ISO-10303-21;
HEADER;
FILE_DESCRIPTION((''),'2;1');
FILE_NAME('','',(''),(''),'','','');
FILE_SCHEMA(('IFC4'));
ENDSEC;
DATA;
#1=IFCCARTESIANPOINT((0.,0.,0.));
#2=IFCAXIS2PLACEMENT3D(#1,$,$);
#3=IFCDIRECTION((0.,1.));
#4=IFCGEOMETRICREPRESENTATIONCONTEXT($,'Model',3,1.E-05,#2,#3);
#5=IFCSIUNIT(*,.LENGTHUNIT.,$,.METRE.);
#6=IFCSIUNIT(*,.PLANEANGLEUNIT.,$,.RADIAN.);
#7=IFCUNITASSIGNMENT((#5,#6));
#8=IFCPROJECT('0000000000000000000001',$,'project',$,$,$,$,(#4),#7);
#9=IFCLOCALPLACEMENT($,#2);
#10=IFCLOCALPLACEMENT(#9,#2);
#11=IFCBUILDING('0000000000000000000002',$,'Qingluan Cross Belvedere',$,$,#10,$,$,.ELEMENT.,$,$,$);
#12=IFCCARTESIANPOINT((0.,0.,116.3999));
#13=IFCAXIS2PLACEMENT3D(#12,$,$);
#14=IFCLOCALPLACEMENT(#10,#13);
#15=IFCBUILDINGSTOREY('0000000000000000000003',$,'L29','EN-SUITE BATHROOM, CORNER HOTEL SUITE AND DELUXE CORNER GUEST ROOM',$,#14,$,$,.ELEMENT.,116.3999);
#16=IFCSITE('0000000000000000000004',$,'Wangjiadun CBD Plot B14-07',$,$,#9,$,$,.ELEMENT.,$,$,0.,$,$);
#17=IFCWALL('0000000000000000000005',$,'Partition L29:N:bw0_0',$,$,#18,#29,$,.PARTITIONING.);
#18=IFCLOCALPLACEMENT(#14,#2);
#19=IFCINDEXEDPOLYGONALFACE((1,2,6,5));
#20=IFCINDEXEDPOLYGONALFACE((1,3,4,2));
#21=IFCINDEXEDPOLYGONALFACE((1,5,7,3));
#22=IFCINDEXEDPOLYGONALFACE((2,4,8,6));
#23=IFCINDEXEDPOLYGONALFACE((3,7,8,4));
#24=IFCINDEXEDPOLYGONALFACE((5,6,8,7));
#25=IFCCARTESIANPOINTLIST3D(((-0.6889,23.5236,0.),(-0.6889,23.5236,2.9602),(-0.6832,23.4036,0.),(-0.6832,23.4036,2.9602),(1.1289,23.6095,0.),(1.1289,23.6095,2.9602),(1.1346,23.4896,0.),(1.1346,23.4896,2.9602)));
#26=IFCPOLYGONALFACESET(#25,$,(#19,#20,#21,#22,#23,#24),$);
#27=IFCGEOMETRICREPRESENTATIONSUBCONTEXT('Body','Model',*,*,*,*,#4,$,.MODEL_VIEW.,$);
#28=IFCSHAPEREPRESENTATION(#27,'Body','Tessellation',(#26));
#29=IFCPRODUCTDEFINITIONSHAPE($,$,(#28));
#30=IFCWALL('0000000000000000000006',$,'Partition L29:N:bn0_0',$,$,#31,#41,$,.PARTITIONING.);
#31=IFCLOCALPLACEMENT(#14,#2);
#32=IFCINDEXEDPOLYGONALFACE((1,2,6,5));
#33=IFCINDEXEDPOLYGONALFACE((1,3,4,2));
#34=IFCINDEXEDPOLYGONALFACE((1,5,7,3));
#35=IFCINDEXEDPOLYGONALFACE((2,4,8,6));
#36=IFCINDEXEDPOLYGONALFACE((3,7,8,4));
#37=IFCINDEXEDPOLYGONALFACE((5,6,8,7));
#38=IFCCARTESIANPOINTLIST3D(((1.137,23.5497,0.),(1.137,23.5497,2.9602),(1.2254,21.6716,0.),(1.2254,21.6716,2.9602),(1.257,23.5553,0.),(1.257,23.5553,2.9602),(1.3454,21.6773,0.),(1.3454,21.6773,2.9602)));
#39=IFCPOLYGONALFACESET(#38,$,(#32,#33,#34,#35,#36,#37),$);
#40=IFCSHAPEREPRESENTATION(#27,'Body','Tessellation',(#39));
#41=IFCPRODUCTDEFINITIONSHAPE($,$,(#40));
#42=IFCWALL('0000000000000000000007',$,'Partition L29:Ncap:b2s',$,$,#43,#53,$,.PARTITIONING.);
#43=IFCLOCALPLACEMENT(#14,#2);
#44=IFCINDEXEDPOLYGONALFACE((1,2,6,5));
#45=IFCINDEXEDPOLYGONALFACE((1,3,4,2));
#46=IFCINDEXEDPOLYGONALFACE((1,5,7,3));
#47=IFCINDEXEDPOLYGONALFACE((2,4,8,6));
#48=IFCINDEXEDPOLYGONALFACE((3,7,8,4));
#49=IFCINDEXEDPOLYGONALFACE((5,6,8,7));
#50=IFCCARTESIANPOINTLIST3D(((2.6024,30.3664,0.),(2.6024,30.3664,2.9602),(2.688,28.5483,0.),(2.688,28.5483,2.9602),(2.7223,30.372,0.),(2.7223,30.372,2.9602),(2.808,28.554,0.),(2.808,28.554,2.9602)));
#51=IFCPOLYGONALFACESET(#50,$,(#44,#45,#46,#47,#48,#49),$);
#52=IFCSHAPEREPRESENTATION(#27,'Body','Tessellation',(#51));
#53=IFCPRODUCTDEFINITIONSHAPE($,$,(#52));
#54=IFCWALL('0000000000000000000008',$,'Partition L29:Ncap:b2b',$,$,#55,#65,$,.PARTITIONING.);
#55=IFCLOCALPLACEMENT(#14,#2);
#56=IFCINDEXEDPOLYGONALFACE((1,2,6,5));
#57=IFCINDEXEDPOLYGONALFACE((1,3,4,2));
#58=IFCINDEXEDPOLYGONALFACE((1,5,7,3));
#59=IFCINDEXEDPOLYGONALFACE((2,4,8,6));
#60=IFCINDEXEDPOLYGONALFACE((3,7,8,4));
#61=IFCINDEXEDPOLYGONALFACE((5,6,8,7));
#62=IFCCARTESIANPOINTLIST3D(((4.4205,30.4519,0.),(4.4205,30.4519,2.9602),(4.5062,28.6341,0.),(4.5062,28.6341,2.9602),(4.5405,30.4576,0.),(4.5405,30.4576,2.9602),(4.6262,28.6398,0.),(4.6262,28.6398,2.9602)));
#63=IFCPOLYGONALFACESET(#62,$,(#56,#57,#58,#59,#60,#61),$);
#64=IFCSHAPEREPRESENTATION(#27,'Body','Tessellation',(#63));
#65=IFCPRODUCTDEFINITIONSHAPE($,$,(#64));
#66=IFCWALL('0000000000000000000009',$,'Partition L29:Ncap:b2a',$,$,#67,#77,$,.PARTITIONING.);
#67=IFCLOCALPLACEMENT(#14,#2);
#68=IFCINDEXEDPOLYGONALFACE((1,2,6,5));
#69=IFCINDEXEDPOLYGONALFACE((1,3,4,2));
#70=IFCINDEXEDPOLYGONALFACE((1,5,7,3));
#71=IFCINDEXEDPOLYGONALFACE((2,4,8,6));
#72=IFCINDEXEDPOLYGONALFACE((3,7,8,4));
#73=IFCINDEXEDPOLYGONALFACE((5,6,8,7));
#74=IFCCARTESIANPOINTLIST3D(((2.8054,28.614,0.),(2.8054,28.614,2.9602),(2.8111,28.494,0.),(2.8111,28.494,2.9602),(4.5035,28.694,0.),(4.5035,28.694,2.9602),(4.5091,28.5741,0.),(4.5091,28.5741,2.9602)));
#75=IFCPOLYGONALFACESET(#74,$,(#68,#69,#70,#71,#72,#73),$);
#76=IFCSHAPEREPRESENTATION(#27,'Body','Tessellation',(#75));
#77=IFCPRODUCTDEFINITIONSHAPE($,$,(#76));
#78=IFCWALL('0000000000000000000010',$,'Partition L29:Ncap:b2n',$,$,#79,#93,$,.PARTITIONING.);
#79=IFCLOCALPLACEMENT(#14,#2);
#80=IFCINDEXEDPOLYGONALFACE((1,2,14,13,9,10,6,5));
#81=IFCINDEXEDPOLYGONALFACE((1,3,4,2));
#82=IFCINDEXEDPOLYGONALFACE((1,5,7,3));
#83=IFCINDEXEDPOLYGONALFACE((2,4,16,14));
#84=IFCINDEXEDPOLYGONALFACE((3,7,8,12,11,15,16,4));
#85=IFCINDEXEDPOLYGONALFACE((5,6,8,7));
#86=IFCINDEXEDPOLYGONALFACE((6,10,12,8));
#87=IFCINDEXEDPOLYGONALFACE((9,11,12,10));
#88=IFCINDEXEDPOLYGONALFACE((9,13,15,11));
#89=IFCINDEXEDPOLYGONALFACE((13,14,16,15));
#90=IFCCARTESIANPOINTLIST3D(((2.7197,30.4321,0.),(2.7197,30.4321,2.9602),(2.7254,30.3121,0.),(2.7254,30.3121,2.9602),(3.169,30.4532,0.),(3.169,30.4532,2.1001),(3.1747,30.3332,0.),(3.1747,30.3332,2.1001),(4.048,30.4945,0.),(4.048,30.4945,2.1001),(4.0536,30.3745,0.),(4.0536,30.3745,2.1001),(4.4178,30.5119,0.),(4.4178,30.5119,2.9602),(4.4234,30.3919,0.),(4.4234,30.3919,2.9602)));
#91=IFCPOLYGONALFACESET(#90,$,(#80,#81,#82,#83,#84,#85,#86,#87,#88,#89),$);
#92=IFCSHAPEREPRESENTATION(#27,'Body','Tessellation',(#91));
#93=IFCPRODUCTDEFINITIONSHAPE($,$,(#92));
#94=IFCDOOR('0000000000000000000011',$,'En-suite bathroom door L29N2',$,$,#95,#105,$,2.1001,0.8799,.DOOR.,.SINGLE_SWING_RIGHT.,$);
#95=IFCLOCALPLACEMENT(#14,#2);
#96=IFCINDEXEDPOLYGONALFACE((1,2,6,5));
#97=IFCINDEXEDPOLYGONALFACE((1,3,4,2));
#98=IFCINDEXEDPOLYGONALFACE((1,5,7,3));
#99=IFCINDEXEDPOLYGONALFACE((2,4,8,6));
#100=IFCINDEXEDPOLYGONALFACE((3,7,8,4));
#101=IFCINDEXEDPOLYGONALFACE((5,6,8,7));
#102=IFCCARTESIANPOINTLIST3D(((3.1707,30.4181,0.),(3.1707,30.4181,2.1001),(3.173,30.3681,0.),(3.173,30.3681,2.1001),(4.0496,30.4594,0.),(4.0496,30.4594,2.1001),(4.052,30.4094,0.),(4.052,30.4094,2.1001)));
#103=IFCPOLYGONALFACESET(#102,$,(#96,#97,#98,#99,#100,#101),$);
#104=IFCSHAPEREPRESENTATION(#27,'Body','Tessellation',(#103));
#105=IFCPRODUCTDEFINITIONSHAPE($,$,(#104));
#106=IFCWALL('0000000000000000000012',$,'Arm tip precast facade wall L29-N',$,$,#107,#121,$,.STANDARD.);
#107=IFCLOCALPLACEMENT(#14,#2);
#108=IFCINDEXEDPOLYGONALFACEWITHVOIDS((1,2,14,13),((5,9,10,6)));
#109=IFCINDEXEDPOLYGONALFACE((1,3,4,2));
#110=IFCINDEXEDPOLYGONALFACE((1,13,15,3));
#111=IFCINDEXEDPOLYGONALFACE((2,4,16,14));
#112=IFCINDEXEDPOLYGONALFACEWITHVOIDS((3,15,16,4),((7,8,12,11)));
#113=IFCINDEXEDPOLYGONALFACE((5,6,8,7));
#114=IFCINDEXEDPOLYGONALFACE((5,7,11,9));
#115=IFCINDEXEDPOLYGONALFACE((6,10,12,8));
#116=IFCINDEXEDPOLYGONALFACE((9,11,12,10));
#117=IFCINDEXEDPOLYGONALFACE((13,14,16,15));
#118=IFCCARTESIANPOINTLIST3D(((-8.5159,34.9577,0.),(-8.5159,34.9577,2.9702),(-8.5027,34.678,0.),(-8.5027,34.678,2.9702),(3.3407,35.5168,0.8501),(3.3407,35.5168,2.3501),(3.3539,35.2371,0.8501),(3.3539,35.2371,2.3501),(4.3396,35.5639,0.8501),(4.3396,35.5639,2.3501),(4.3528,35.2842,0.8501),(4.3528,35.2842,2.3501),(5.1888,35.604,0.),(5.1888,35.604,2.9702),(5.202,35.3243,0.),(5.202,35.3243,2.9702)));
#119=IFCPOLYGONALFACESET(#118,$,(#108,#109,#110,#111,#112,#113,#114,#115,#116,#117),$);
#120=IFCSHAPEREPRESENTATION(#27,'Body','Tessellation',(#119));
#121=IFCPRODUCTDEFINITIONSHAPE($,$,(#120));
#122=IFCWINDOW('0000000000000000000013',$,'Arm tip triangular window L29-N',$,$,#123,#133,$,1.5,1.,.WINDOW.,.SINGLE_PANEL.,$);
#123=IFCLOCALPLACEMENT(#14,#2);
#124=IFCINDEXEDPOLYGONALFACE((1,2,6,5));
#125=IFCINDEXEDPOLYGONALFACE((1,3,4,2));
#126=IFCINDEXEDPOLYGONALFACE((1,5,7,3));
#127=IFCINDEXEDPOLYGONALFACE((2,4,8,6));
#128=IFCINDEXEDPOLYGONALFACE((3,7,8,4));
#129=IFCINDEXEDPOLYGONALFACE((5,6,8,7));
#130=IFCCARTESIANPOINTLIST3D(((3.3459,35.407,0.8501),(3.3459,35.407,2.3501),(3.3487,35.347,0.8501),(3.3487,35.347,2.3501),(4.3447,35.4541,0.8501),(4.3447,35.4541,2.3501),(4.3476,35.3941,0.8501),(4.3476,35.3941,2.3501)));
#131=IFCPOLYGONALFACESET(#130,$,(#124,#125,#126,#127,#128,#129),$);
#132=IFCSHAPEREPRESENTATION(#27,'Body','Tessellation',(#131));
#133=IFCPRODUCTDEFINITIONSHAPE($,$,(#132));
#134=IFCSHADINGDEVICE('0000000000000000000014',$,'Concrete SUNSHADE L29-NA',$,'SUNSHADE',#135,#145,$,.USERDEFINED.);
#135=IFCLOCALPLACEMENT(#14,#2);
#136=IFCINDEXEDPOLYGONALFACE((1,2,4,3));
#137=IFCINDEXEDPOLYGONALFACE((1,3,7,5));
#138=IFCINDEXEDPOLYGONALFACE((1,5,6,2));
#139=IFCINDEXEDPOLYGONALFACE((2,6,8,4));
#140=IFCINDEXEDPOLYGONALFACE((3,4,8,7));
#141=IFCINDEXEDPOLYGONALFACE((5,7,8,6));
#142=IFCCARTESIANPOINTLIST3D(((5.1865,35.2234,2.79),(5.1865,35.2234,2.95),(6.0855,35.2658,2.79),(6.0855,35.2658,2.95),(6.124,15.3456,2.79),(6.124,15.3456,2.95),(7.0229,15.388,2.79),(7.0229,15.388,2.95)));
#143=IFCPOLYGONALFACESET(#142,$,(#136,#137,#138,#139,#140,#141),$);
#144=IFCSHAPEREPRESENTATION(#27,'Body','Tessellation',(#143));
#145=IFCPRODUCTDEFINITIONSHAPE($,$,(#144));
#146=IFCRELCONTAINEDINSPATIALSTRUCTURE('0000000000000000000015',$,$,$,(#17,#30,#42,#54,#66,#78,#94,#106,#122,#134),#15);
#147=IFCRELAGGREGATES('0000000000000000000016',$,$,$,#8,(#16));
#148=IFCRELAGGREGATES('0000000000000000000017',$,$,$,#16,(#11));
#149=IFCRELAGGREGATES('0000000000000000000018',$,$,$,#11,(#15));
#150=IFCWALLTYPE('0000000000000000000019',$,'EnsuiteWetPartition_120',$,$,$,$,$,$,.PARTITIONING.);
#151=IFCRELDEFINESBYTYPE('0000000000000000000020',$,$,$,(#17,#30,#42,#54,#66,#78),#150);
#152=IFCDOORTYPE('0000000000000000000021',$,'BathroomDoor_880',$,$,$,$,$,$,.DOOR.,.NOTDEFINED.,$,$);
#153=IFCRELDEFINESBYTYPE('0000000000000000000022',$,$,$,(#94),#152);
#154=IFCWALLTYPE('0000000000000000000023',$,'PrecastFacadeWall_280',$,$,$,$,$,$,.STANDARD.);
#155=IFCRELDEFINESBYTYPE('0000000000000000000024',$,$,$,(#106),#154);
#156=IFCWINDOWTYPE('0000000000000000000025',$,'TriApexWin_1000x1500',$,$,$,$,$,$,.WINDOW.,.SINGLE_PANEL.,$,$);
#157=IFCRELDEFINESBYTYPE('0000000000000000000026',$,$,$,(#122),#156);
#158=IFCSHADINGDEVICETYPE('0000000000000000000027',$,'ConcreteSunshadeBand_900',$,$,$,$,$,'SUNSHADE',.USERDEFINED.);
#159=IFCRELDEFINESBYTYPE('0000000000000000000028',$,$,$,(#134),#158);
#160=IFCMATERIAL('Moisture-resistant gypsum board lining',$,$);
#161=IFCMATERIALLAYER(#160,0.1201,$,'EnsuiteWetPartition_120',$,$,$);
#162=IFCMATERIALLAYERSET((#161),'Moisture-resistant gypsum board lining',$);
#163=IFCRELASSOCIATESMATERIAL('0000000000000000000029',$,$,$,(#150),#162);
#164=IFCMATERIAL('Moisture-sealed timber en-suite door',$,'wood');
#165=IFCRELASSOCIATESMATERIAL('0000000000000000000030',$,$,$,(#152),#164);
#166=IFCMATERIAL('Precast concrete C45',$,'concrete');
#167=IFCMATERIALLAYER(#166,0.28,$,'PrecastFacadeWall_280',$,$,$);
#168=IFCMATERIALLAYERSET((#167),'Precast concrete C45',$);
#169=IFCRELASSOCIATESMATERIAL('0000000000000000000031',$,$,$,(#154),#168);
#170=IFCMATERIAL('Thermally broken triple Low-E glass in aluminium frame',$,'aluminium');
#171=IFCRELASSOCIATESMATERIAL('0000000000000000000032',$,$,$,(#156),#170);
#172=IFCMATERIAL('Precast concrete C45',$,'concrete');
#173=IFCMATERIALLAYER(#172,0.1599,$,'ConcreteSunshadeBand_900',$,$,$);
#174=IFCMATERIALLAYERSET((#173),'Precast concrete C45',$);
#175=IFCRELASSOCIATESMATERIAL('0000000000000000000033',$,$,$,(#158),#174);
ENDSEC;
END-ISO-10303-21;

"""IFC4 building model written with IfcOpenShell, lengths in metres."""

from ifc_helpers import new_model, si_unit, direction, frame, frame_2d, origin, origin_2d, place, context, subcontext, project, spatial, rectangle, extrude, material, layer, layer_set, type_object, element, fill, save


model = new_model("IFC4")

# Units and contexts
model_context = context("Model", 3, precision=1e-05, world=origin(), true_north=direction((0.0, 1.0)))
body_context = subcontext(model_context, "Body", "Model", "MODEL_VIEW")
ifc_project = project(units=[si_unit("LENGTHUNIT", "METRE"), si_unit("PLANEANGLEUNIT", "RADIAN")], contexts=[model_context])

# Site, building, storey
site_placement = place(None, origin())
site = spatial("IfcSite", under=ifc_project, at=site_placement, Name="Wangjiadun CBD Plot B14-07", CompositionType="ELEMENT", RefElevation=0.0)
building_placement = place(site_placement, origin())
building = spatial("IfcBuilding", under=site, at=building_placement, Name="Qingluan Cross Belvedere", CompositionType="ELEMENT")
storey_placement = place(building_placement, frame((0.0, 0.0, 116.3999)))
storey = spatial("IfcBuildingStorey", under=building, at=storey_placement, Name="L29", Description="EN-SUITE BATHROOM, CORNER HOTEL SUITE AND DELUXE CORNER GUEST ROOM", CompositionType="ELEMENT", Elevation=116.3999)

# Shared definitions
ifc_material_1 = material(Name="Moisture-resistant gypsum board lining")
ifc_layer_1 = layer(ifc_material_1, 0.1201, Name="EnsuiteWetPartition_120")
ifc_layer_set_1 = layer_set([ifc_layer_1], Name="Moisture-resistant gypsum board lining")
wall_type_1 = type_object("IfcWallType", Name="EnsuiteWetPartition_120", PredefinedType="PARTITIONING", material=ifc_layer_set_1)
ifc_material_2 = material(Name="Moisture-sealed timber en-suite door", Category="wood")
door_type = type_object("IfcDoorType", Name="BathroomDoor_880", OperationType="NOTDEFINED", PredefinedType="DOOR", material=ifc_material_2)

# Walls
wall_1_placement = place(storey_placement, frame((-0.686, 23.4636, 0.0), z_axis=(0.0, 0.0, 1.0), x_axis=(0.998884, 0.047221, 0.0)))
element("IfcWall", 1, at=wall_1_placement, inside=storey, type_object=wall_type_1, Name="Partition L29:N:bw0_0", PredefinedType="PARTITIONING", context=body_context, shape_type="SweptSolid", body=[
    extrude(rectangle(XDim=1.8198, YDim=0.1201, at=frame_2d((0.9099, 0.0))), origin(), (0.0, 0.0, 1.0), 2.9602),
])
wall_2_placement = place(storey_placement, frame((1.2854, 21.6746, 0.0), z_axis=(0.0, 0.0, 1.0), x_axis=(-0.04701, 0.998894, 0.0)))
element("IfcWall", 2, at=wall_2_placement, inside=storey, type_object=wall_type_1, Name="Partition L29:N:bn0_0", PredefinedType="PARTITIONING", context=body_context, shape_type="SweptSolid", body=[
    extrude(rectangle(XDim=1.8801, YDim=0.1201, at=frame_2d((0.9399, 0.0))), origin(), (0.0, 0.0, 1.0), 2.9602),
])
wall_3_placement = place(storey_placement, frame((2.748, 28.551, 0.0), z_axis=(0.0, 0.0, 1.0), x_axis=(-0.047081, 0.998891, 0.0)))
element("IfcWall", 3, at=wall_3_placement, inside=storey, type_object=wall_type_1, Name="Partition L29:Ncap:b2s", PredefinedType="PARTITIONING", context=body_context, shape_type="SweptSolid", body=[
    extrude(rectangle(XDim=1.8201, YDim=0.1201, at=frame_2d((0.9102, 0.0))), origin(), (0.0, 0.0, 1.0), 2.9602),
])
wall_4_placement = place(storey_placement, frame((4.5662, 28.637, 0.0), z_axis=(0.0, 0.0, 1.0), x_axis=(-0.047087, 0.998891, 0.0)))
element("IfcWall", 4, at=wall_4_placement, inside=storey, type_object=wall_type_1, Name="Partition L29:Ncap:b2b", PredefinedType="PARTITIONING", context=body_context, shape_type="SweptSolid", body=[
    extrude(rectangle(XDim=1.8198, YDim=0.1201, at=frame_2d((0.9099, 0.0))), origin(), (0.0, 0.0, 1.0), 2.9602),
])
wall_5_placement = place(storey_placement, frame((2.8081, 28.554, 0.0), z_axis=(0.0, 0.0, 1.0), x_axis=(0.99889, 0.047108, 0.0)))
element("IfcWall", 5, at=wall_5_placement, inside=storey, type_object=wall_type_1, Name="Partition L29:Ncap:b2a", PredefinedType="PARTITIONING", context=body_context, shape_type="SweptSolid", body=[
    extrude(rectangle(XDim=1.7, YDim=0.1201, at=frame_2d((0.8501, 0.0))), origin(), (0.0, 0.0, 1.0), 2.9602),
])

# Wall, opening, door
wall_6_placement = place(storey_placement, frame((2.7224, 30.3721, 0.0), z_axis=(0.0, 0.0, 1.0), x_axis=(0.998897, 0.046965, 0.0)))
wall_6 = element("IfcWall", 6, at=wall_6_placement, inside=storey, type_object=wall_type_1, Name="Partition L29:Ncap:b2n", PredefinedType="PARTITIONING", context=body_context, shape_type="SweptSolid", body=[
    extrude(rectangle(XDim=1.7, YDim=0.1201, at=frame_2d((0.8501, 0.0))), origin(), (0.0, 0.0, 1.0), 2.9602),
])
opening_1_placement = place(wall_6_placement, frame((0.45, 0.0, 0.0)))
opening_1 = element("IfcOpeningElement", 7, at=opening_1_placement, cuts=wall_6, PredefinedType="OPENING", context=body_context, shape_type="SweptSolid", body=[
    extrude(rectangle(XDim=0.8799, YDim=2.1001, at=frame_2d((0.4399, 1.05))), frame((0.0, 0.0701, 0.0), z_axis=(0.0, -1.0, 0.0), x_axis=(1.0, 0.0, 0.0)), (0.0, 0.0, 1.0), 0.1401),
])
door_1_placement = place(opening_1_placement, origin())
door_1 = element("IfcDoor", 8, at=door_1_placement, inside=storey, type_object=door_type, Name="En-suite bathroom door L29N2", OperationType="SINGLE_SWING_RIGHT", OverallHeight=2.1001, OverallWidth=0.8799, PredefinedType="DOOR", context=body_context, shape_type="SweptSolid", body=[
    extrude(rectangle(XDim=0.8799, YDim=2.1001, at=frame_2d((0.4399, 1.05))), frame((0.0, 0.0249, 0.0), z_axis=(0.0, -1.0, 0.0), x_axis=(1.0, 0.0, 0.0)), (0.0, 0.0, 1.0), 0.05),
])
fill(opening_1, door_1)

# Wall, opening, window
ifc_material_3 = material(Name="Precast concrete C45", Category="concrete")
ifc_layer_2 = layer(ifc_material_3, 0.28, Name="PrecastFacadeWall_280")
ifc_layer_set_2 = layer_set([ifc_layer_2], Name="Precast concrete C45")
wall_type_2 = type_object("IfcWallType", Name="PrecastFacadeWall_280", PredefinedType="STANDARD", material=ifc_layer_set_2)
wall_7_placement = place(storey_placement, frame((5.1953, 35.4641, 0.0), z_axis=(0.0, 0.0, 1.0), x_axis=(-0.99889, -0.047102, 0.0)))
wall_7 = element("IfcWall", 9, at=wall_7_placement, inside=storey, type_object=wall_type_2, Name="Arm tip precast facade wall L29-N", PredefinedType="STANDARD", context=body_context, shape_type="SweptSolid", body=[
    extrude(rectangle(XDim=13.72, YDim=0.28, at=frame_2d((6.8599, 0.0))), origin(), (0.0, 0.0, 1.0), 2.9702),
])
opening_2_placement = place(wall_7_placement, frame((0.8501, 0.0, 0.8501)))
opening_2 = element("IfcOpeningElement", 10, at=opening_2_placement, cuts=wall_7, PredefinedType="OPENING", context=body_context, shape_type="SweptSolid", body=[
    extrude(rectangle(XDim=1.0, YDim=1.5, at=frame_2d((0.5, 0.75))), frame((0.0, 0.1499, 0.0), z_axis=(0.0, -1.0, 0.0), x_axis=(1.0, 0.0, 0.0)), (0.0, 0.0, 1.0), 0.3),
])
ifc_material_4 = material(Name="Thermally broken triple Low-E glass in aluminium frame", Category="aluminium")
window_type = type_object("IfcWindowType", Name="TriApexWin_1000x1500", PartitioningType="SINGLE_PANEL", PredefinedType="WINDOW", material=ifc_material_4)
window_placement = place(opening_2_placement, origin())
window = element("IfcWindow", 11, at=window_placement, inside=storey, type_object=window_type, Name="Arm tip triangular window L29-N", OverallHeight=1.5, OverallWidth=1.0, PartitioningType="SINGLE_PANEL", PredefinedType="WINDOW", context=body_context, shape_type="SweptSolid", body=[
    extrude(rectangle(XDim=1.0, YDim=1.5, at=frame_2d((0.5, 0.75))), frame((0.0, 0.03, 0.0), z_axis=(0.0, -1.0, 0.0), x_axis=(1.0, 0.0, 0.0)), (0.0, 0.0, 1.0), 0.0601),
])
fill(opening_2, window)

# Shading device
ifc_material_5 = material(Name="Precast concrete C45", Category="concrete")
ifc_layer_3 = layer(ifc_material_5, 0.1599, Name="ConcreteSunshadeBand_900")
ifc_layer_set_3 = layer_set([ifc_layer_3], Name="Precast concrete C45")
shading_device_type = type_object("IfcShadingDeviceType", Name="ConcreteSunshadeBand_900", ElementType="SUNSHADE", PredefinedType="USERDEFINED", material=ifc_layer_set_3)
shading_device_placement = place(storey_placement, frame((6.1047, 25.3057, 2.79), z_axis=(0.0, 0.0, 1.0), x_axis=(-0.047109, 0.99889, 0.0)))
element("IfcShadingDevice", 12, at=shading_device_placement, inside=storey, type_object=shading_device_type, Name="Concrete SUNSHADE L29-NA", ObjectType="SUNSHADE", PredefinedType="USERDEFINED", context=body_context, shape_type="SweptSolid", body=[
    extrude(rectangle(XDim=19.8999, YDim=0.8999, at=origin_2d()), origin(), (0.0, 0.0, 1.0), 0.1599),
])

save(model, "model.ifc")
